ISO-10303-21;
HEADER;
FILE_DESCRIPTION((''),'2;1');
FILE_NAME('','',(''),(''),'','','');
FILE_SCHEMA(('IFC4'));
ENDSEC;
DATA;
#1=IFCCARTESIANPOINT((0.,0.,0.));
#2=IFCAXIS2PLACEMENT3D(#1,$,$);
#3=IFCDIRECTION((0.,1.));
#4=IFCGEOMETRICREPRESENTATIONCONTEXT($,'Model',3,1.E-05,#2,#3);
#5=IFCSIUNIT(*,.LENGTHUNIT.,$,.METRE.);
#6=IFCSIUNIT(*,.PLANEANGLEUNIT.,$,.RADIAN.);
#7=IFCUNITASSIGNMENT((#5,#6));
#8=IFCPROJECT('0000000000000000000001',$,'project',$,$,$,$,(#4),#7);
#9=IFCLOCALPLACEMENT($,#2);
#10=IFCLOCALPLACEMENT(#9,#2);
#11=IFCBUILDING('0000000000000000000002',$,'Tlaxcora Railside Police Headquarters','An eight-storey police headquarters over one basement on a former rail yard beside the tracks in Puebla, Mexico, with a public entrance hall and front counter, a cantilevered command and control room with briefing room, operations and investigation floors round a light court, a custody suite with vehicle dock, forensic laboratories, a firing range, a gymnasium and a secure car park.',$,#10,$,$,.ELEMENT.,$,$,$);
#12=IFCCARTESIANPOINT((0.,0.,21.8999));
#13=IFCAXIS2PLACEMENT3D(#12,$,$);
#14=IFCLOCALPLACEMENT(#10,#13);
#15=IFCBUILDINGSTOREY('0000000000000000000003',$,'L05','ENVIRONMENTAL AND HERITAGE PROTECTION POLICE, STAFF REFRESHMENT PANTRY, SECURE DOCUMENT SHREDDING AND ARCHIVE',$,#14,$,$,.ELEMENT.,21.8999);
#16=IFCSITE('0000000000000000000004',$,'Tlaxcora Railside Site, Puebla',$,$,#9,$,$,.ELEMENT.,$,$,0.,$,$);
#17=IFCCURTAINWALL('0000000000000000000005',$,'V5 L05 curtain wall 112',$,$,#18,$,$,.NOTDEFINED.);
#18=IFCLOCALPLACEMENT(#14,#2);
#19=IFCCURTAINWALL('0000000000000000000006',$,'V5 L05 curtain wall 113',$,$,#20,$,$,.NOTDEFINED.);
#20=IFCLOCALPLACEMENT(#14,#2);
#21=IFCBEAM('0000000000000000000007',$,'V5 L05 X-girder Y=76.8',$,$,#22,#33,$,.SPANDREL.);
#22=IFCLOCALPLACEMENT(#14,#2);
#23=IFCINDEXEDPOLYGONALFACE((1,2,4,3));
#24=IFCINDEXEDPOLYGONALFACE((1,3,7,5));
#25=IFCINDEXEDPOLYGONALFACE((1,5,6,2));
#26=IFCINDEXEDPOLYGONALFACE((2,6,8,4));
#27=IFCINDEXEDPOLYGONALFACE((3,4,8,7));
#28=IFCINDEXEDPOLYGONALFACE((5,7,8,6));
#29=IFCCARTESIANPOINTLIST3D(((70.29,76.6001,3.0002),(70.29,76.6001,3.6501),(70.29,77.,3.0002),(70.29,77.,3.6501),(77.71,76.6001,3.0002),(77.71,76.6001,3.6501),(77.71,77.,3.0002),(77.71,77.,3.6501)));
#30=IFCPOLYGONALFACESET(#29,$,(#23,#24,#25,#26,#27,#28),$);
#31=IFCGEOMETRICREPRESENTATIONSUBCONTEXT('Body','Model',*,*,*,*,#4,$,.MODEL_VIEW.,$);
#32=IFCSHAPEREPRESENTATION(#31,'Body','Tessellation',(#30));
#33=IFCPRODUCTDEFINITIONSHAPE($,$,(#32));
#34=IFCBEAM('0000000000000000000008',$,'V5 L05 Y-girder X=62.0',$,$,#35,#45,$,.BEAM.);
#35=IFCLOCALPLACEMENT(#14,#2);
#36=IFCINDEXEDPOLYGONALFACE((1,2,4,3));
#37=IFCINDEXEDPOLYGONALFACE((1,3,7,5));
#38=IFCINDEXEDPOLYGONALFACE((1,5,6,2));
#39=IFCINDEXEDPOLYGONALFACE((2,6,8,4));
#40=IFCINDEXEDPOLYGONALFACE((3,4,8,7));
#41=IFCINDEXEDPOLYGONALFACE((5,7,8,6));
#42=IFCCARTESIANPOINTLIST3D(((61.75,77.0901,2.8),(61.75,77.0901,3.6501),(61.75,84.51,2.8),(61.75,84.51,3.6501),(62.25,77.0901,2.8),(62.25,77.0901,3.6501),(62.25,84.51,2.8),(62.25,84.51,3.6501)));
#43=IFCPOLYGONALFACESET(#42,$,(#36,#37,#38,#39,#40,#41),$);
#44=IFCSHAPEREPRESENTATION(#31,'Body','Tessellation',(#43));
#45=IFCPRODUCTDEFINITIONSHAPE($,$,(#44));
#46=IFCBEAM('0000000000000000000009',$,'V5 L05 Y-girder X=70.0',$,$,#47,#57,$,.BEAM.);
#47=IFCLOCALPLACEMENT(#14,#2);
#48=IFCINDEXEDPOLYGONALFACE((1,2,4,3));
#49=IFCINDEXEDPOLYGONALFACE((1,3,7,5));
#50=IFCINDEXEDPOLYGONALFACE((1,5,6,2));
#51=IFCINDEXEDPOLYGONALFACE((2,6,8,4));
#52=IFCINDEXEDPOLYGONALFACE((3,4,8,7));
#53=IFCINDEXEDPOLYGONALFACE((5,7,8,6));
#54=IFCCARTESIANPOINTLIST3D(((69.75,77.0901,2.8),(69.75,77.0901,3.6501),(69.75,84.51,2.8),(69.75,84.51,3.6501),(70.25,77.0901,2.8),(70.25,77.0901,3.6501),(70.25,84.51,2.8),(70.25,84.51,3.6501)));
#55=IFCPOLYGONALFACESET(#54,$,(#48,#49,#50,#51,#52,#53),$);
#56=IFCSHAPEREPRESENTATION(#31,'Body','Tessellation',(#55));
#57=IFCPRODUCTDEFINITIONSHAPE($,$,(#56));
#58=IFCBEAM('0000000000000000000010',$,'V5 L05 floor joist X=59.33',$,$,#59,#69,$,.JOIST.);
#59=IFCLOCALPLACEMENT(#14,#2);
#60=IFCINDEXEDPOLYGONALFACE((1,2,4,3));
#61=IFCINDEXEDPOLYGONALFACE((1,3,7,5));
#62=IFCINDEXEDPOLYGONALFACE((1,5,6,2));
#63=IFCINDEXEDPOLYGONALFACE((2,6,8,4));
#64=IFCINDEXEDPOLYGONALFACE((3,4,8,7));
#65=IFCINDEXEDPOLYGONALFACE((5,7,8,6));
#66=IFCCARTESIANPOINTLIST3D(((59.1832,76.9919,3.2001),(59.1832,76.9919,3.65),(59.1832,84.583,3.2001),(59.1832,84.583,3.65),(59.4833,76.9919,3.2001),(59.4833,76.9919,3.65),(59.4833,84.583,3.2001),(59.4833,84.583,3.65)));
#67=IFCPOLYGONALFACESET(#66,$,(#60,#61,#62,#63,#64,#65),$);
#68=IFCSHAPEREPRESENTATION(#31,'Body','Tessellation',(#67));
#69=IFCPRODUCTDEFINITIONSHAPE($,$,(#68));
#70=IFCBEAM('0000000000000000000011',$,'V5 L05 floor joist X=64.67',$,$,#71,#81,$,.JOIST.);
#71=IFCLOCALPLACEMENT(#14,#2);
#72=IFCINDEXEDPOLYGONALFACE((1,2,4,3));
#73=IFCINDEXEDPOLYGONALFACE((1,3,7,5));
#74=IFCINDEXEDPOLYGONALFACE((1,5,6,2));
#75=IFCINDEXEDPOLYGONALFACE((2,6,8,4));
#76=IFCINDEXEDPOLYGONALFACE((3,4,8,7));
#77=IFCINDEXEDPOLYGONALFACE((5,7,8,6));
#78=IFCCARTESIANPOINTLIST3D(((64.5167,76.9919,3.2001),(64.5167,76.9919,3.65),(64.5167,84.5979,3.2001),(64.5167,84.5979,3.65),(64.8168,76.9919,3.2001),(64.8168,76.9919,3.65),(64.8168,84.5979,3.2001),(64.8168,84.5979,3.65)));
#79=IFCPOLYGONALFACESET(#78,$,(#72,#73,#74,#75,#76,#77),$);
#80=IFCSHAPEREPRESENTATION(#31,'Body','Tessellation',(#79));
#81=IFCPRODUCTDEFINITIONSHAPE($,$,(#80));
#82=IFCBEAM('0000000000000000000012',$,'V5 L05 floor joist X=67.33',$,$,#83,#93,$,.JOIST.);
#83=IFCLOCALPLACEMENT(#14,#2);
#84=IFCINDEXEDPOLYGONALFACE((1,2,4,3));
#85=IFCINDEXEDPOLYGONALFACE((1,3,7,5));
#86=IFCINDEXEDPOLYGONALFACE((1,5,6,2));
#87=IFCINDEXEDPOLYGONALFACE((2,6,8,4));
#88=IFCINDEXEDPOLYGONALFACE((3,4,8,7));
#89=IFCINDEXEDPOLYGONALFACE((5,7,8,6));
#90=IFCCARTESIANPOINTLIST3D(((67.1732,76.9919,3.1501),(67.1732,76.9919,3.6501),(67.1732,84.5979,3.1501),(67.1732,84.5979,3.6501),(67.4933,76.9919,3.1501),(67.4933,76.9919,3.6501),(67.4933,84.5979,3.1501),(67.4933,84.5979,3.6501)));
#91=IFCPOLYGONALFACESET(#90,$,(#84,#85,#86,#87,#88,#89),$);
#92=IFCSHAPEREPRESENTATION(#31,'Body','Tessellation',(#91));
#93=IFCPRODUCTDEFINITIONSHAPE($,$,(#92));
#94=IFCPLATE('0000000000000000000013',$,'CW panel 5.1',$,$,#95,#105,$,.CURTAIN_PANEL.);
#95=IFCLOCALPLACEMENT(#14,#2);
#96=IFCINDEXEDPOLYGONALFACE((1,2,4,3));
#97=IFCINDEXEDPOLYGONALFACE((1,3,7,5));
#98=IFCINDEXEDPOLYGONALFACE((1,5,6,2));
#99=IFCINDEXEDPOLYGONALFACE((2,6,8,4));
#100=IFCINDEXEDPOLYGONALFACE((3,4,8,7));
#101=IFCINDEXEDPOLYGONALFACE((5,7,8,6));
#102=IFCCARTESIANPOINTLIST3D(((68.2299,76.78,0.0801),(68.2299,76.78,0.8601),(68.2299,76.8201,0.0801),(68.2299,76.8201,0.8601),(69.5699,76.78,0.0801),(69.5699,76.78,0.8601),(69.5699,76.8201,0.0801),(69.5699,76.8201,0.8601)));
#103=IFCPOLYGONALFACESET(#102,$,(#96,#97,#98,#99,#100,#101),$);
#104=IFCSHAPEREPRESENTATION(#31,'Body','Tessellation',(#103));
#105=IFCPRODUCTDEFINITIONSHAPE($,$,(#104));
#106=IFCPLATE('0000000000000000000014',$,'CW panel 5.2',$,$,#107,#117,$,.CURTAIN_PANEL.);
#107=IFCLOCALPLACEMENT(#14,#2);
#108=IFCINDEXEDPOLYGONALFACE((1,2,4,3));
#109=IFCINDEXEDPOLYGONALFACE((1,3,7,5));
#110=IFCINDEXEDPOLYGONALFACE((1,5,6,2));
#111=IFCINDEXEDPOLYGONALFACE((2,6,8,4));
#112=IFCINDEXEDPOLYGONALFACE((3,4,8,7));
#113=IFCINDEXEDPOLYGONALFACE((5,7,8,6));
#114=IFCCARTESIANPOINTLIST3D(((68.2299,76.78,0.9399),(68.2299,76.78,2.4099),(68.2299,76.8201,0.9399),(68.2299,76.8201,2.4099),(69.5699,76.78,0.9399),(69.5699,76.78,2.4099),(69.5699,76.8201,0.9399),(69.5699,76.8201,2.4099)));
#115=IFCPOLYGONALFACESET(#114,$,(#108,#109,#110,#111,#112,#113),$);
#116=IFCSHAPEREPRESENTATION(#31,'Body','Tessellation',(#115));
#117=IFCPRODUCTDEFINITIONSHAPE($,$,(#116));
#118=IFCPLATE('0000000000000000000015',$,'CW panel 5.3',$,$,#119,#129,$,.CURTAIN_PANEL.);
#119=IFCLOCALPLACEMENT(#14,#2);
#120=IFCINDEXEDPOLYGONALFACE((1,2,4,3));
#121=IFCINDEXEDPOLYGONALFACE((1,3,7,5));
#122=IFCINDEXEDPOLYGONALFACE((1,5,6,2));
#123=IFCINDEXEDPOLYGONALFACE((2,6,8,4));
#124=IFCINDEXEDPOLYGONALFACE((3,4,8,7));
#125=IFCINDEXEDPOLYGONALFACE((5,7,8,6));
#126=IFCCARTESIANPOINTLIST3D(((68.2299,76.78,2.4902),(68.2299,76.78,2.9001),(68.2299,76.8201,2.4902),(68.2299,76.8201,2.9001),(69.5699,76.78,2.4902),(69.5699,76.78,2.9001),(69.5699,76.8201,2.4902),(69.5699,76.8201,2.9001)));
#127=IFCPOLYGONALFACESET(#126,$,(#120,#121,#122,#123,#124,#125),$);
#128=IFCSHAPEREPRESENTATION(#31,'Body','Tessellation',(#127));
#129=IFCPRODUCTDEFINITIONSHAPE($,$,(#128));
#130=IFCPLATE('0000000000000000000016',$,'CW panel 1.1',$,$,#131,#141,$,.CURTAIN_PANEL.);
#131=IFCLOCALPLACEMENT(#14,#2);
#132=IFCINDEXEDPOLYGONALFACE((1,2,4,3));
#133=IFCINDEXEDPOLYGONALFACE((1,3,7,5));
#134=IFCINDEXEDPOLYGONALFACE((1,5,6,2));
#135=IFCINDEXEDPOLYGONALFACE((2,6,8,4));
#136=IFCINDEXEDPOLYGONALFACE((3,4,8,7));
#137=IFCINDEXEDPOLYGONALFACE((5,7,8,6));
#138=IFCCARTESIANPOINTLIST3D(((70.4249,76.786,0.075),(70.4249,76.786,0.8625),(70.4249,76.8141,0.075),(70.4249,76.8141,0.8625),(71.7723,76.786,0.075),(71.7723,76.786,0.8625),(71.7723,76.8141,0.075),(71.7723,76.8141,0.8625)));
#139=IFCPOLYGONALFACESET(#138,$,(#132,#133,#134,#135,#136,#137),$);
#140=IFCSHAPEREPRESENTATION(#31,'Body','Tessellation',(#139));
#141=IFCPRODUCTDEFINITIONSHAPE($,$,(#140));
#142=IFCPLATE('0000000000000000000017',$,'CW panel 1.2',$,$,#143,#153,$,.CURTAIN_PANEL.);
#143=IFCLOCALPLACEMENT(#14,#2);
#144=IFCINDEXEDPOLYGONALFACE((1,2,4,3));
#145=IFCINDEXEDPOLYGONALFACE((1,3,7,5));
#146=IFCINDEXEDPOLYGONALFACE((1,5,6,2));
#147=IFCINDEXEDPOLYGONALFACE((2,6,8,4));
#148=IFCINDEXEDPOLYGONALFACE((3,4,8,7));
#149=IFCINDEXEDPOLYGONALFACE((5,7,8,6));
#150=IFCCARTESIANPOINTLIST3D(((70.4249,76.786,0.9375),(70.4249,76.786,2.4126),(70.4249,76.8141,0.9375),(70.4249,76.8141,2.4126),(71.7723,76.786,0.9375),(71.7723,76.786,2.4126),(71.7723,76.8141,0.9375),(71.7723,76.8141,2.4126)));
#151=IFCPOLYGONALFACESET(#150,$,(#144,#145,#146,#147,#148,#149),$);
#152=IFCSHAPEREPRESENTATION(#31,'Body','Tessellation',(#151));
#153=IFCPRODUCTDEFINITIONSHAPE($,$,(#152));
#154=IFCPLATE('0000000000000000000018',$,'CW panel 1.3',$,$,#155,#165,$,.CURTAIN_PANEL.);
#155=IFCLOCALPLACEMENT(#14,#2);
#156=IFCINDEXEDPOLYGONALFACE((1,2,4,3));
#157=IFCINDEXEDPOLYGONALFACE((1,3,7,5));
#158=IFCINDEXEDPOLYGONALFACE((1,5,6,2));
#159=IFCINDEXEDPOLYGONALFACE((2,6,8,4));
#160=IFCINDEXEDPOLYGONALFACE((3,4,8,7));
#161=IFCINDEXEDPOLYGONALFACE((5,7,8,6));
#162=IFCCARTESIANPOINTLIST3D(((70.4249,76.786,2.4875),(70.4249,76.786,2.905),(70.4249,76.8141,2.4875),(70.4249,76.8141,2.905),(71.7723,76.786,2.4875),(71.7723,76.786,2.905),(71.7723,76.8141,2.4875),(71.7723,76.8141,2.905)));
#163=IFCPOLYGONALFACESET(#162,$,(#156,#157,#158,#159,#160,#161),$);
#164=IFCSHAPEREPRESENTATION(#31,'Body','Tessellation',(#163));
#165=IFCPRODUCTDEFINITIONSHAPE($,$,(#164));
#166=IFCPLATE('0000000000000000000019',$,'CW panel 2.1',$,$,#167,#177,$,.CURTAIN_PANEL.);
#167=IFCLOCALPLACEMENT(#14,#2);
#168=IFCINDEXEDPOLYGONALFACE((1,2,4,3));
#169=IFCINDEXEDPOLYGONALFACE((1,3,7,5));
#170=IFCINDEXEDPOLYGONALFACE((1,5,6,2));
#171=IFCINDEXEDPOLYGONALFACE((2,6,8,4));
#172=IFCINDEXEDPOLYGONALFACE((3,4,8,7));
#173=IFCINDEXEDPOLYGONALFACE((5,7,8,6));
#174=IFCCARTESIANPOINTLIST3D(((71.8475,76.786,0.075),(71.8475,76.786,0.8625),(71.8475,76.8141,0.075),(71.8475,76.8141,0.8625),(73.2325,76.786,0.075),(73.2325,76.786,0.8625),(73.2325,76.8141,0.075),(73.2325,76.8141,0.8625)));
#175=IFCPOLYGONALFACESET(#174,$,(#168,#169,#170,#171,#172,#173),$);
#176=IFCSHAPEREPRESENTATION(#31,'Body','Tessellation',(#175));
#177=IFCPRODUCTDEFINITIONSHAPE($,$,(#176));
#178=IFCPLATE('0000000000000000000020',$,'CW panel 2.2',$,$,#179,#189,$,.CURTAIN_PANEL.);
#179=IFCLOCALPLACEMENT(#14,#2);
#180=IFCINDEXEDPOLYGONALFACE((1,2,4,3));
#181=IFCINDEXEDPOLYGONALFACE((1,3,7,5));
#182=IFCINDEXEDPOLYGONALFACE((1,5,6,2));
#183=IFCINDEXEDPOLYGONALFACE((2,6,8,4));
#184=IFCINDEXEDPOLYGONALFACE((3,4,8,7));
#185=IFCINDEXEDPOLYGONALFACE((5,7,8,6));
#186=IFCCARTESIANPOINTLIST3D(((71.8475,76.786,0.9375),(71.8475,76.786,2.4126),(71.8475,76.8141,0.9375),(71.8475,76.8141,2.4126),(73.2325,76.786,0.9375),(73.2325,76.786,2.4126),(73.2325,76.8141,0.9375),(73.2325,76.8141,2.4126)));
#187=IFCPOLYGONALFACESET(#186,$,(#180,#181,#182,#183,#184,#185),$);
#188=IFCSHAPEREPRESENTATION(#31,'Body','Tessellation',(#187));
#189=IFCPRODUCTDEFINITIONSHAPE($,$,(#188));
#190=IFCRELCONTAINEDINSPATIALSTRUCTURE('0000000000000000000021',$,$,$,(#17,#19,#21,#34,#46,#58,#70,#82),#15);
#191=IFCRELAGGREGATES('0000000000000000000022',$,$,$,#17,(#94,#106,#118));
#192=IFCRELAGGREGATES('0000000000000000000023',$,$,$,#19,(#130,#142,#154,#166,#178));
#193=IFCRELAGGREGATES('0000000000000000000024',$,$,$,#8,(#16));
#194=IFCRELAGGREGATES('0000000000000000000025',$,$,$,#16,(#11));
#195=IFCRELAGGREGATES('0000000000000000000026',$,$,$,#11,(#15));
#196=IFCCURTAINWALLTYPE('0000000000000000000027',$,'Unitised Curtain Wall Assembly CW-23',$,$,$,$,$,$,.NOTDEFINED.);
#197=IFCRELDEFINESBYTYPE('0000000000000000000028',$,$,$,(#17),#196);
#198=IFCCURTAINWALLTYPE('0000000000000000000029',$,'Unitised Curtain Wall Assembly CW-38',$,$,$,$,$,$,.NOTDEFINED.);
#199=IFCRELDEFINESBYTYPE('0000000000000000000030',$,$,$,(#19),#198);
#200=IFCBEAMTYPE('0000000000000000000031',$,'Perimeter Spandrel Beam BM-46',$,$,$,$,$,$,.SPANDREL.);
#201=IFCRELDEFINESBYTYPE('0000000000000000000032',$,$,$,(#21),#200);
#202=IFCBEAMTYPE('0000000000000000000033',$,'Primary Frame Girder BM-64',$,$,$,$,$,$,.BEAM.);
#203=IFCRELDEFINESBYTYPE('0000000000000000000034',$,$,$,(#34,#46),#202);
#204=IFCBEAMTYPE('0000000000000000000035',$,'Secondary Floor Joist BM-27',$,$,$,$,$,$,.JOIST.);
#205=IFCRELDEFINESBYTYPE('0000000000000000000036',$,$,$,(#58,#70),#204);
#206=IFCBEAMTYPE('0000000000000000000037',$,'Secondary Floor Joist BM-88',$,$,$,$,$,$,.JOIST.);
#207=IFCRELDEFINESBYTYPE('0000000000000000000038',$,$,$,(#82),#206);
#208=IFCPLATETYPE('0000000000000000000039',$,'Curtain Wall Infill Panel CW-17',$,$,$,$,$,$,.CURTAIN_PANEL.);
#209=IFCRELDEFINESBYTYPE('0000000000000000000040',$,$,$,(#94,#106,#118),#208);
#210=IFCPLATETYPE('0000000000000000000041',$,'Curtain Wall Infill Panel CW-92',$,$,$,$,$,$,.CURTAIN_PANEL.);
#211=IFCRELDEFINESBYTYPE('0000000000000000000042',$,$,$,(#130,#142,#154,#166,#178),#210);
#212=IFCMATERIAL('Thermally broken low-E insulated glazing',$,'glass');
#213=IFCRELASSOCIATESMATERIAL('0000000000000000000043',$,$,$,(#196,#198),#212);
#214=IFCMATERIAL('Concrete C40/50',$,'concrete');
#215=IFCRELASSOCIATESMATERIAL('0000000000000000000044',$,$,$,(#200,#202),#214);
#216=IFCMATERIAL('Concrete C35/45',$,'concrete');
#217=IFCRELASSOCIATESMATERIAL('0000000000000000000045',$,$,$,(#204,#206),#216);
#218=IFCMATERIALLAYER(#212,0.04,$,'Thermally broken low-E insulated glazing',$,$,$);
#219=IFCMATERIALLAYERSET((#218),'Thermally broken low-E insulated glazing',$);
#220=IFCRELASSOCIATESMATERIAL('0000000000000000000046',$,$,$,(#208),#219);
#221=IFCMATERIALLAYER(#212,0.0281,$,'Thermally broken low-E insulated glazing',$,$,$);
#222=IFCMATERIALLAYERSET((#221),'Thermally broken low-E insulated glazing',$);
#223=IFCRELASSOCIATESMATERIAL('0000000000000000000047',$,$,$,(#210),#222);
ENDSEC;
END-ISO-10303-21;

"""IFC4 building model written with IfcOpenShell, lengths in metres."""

from ifc_helpers import new_model, si_unit, direction, frame, origin, origin_2d, place, context, subcontext, project, spatial, rectangle, extrude, material, layer, layer_set, material_profile, profile_set, type_object, element, aggregate, save


model = new_model("IFC4")

# Units and contexts
model_context = context("Model", 3, precision=1e-05, world=origin(), true_north=direction((0.0, 1.0)))
body_context = subcontext(model_context, "Body", "Model", "MODEL_VIEW")
ifc_project = project(units=[si_unit("LENGTHUNIT", "METRE"), si_unit("PLANEANGLEUNIT", "RADIAN")], contexts=[model_context])

# Site, building, storey
site_placement = place(None, origin())
site = spatial("IfcSite", under=ifc_project, at=site_placement, Name="Tlaxcora Railside Site, Puebla", CompositionType="ELEMENT", RefElevation=0.0)
building_placement = place(site_placement, origin())
building = spatial("IfcBuilding", under=site, at=building_placement, Name="Tlaxcora Railside Police Headquarters", Description="An eight-storey police headquarters over one basement on a former rail yard beside the tracks in Puebla, Mexico, with a public entrance hall and front counter, a cantilevered command and control room with briefing room, operations and investigation floors round a light court, a custody suite with vehicle dock, forensic laboratories, a firing range, a gymnasium and a secure car park.", CompositionType="ELEMENT")
storey_placement = place(building_placement, frame((0.0, 0.0, 21.8999)))
storey = spatial("IfcBuildingStorey", under=building, at=storey_placement, Name="L05", Description="ENVIRONMENTAL AND HERITAGE PROTECTION POLICE, STAFF REFRESHMENT PANTRY, SECURE DOCUMENT SHREDDING AND ARCHIVE", CompositionType="ELEMENT", Elevation=21.8999)

# Shared definitions
ifc_material_1 = material(Name="Concrete C40/50", Category="concrete")

# Curtain wall
ifc_material_2 = material(Name="Thermally broken low-E insulated glazing", Category="glass")
curtain_wall_type_1 = type_object("IfcCurtainWallType", Name="Unitised Curtain Wall Assembly CW-23", PredefinedType="NOTDEFINED", material=ifc_material_2)
curtain_wall_1_placement = place(storey_placement, origin())
curtain_wall_1 = element("IfcCurtainWall", 1, at=curtain_wall_1_placement, inside=storey, type_object=curtain_wall_type_1, Name="V5 L05 curtain wall 112", PredefinedType="NOTDEFINED")

# Curtain wall
curtain_wall_type_2 = type_object("IfcCurtainWallType", Name="Unitised Curtain Wall Assembly CW-38", PredefinedType="NOTDEFINED", material=ifc_material_2)
curtain_wall_2_placement = place(storey_placement, origin())
curtain_wall_2 = element("IfcCurtainWall", 2, at=curtain_wall_2_placement, inside=storey, type_object=curtain_wall_type_2, Name="V5 L05 curtain wall 113", PredefinedType="NOTDEFINED")

# Beams
ifc_material_profile_1 = material_profile(ifc_material_1, rectangle(XDim=0.3999, YDim=0.6499, at=origin_2d()), Name="RC400X650")
ifc_profile_set_1 = profile_set([ifc_material_profile_1], Name="Concrete C40/50")
beam_type_1 = type_object("IfcBeamType", Name="Perimeter Spandrel Beam BM-46", PredefinedType="SPANDREL", material=ifc_profile_set_1)
beam_1_placement = place(storey_placement, frame((70.29, 76.8, 3.3252), z_axis=(1.0, 0.0, 0.0), x_axis=(0.0, 1.0, 0.0)))
element("IfcBeam", 3, at=beam_1_placement, inside=storey, type_object=beam_type_1, Name="V5 L05 X-girder Y=76.8", PredefinedType="SPANDREL", context=body_context, shape_type="SweptSolid", body=[
    extrude(rectangle(XDim=0.3999, YDim=0.6499, at=origin_2d()), origin(), (0.0, 0.0, 1.0), 7.4199),
])
ifc_material_profile_2 = material_profile(ifc_material_1, rectangle(XDim=0.5, YDim=0.8501, at=origin_2d()), Name="RC500X850")
ifc_profile_set_2 = profile_set([ifc_material_profile_2], Name="Concrete C40/50")
beam_type_2 = type_object("IfcBeamType", Name="Primary Frame Girder BM-64", PredefinedType="BEAM", material=ifc_profile_set_2)
for number, where, z_axis, x_axis, name in (
    (4, (62.0, 77.0901, 3.2251), (0.0, 1.0, 0.0), (-1.0, 0.0, 0.0), "V5 L05 Y-girder X=62.0"),
    (5, (70.0, 77.0901, 3.2251), (0.0, 1.0, 0.0), (-1.0, 0.0, 0.0), "V5 L05 Y-girder X=70.0"),
):
    element("IfcBeam", number, at=place(storey_placement, frame(where, z_axis=z_axis, x_axis=x_axis)), inside=storey, type_object=beam_type_2, Name=name, PredefinedType="BEAM", context=body_context, shape_type="SweptSolid", body=[
        extrude(rectangle(XDim=0.5, YDim=0.8501, at=origin_2d()), origin(), (0.0, 0.0, 1.0), 7.4199),
    ])
ifc_material_3 = material(Name="Concrete C35/45", Category="concrete")
ifc_material_profile_3 = material_profile(ifc_material_3, rectangle(XDim=0.3, YDim=0.45, at=origin_2d()), Name="RC300X450")
ifc_profile_set_3 = profile_set([ifc_material_profile_3], Name="Concrete C35/45")
beam_type_3 = type_object("IfcBeamType", Name="Secondary Floor Joist BM-27", PredefinedType="JOIST", material=ifc_profile_set_3)
beam_2_placement = place(storey_placement, frame((59.3333, 76.9919, 3.425), z_axis=(0.0, 1.0, 0.0), x_axis=(-1.0, 0.0, 0.0)))
element("IfcBeam", 6, at=beam_2_placement, inside=storey, type_object=beam_type_3, Name="V5 L05 floor joist X=59.33", PredefinedType="JOIST", context=body_context, shape_type="SweptSolid", body=[
    extrude(rectangle(XDim=0.3, YDim=0.45, at=origin_2d()), origin(), (0.0, 0.0, 1.0), 7.5911),
])
beam_3_placement = place(storey_placement, frame((64.6667, 76.9919, 3.425), z_axis=(0.0, 1.0, 0.0), x_axis=(-1.0, 0.0, 0.0)))
element("IfcBeam", 7, at=beam_3_placement, inside=storey, type_object=beam_type_3, Name="V5 L05 floor joist X=64.67", PredefinedType="JOIST", context=body_context, shape_type="SweptSolid", body=[
    extrude(rectangle(XDim=0.3, YDim=0.45, at=origin_2d()), origin(), (0.0, 0.0, 1.0), 7.606),
])
ifc_material_profile_4 = material_profile(ifc_material_3, rectangle(XDim=0.3201, YDim=0.5, at=origin_2d()), Name="RC320X500")
ifc_profile_set_4 = profile_set([ifc_material_profile_4], Name="Concrete C35/45")
beam_type_4 = type_object("IfcBeamType", Name="Secondary Floor Joist BM-88", PredefinedType="JOIST", material=ifc_profile_set_4)
beam_4_placement = place(storey_placement, frame((67.3333, 76.9919, 3.4001), z_axis=(0.0, 1.0, 0.0), x_axis=(-1.0, 0.0, 0.0)))
element("IfcBeam", 8, at=beam_4_placement, inside=storey, type_object=beam_type_4, Name="V5 L05 floor joist X=67.33", PredefinedType="JOIST", context=body_context, shape_type="SweptSolid", body=[
    extrude(rectangle(XDim=0.3201, YDim=0.5, at=origin_2d()), origin(), (0.0, 0.0, 1.0), 7.606),
])

# Plates
ifc_layer_1 = layer(ifc_material_2, 0.04, Name="Thermally broken low-E insulated glazing")
ifc_layer_set_1 = layer_set([ifc_layer_1], Name="Thermally broken low-E insulated glazing")
plate_type_1 = type_object("IfcPlateType", Name="Curtain Wall Infill Panel CW-17", PredefinedType="CURTAIN_PANEL", material=ifc_layer_set_1)
plate_1_placement = place(storey_placement, frame((68.8999, 76.8, 0.0801), z_axis=(0.0, 0.0, 1.0), x_axis=(1.0, 0.0, 0.0)))
plate_1 = element("IfcPlate", 9, at=plate_1_placement, type_object=plate_type_1, Name="CW panel 5.1", PredefinedType="CURTAIN_PANEL", context=body_context, shape_type="SweptSolid", body=[
    extrude(rectangle(XDim=1.3401, YDim=0.04, at=origin_2d()), origin(), (0.0, 0.0, 1.0), 0.78),
])
plate_2_placement = place(storey_placement, frame((68.8999, 76.8, 0.9399), z_axis=(0.0, 0.0, 1.0), x_axis=(1.0, 0.0, 0.0)))
plate_2 = element("IfcPlate", 10, at=plate_2_placement, type_object=plate_type_1, Name="CW panel 5.2", PredefinedType="CURTAIN_PANEL", context=body_context, shape_type="SweptSolid", body=[
    extrude(rectangle(XDim=1.3401, YDim=0.04, at=origin_2d()), origin(), (0.0, 0.0, 1.0), 1.47),
])
plate_3_placement = place(storey_placement, frame((68.8999, 76.8, 2.4902), z_axis=(0.0, 0.0, 1.0), x_axis=(1.0, 0.0, 0.0)))
plate_3 = element("IfcPlate", 11, at=plate_3_placement, type_object=plate_type_1, Name="CW panel 5.3", PredefinedType="CURTAIN_PANEL", context=body_context, shape_type="SweptSolid", body=[
    extrude(rectangle(XDim=1.3401, YDim=0.04, at=origin_2d()), origin(), (0.0, 0.0, 1.0), 0.4099),
])
aggregate(curtain_wall_1, [plate_1, plate_2, plate_3])
ifc_layer_2 = layer(ifc_material_2, 0.0281, Name="Thermally broken low-E insulated glazing")
ifc_layer_set_2 = layer_set([ifc_layer_2], Name="Thermally broken low-E insulated glazing")
plate_type_2 = type_object("IfcPlateType", Name="Curtain Wall Infill Panel CW-92", PredefinedType="CURTAIN_PANEL", material=ifc_layer_set_2)
plate_4_placement = place(storey_placement, frame((71.0986, 76.8, 0.075), z_axis=(0.0, 0.0, 1.0), x_axis=(1.0, 0.0, 0.0)))
plate_4 = element("IfcPlate", 12, at=plate_4_placement, type_object=plate_type_2, Name="CW panel 1.1", PredefinedType="CURTAIN_PANEL", context=body_context, shape_type="SweptSolid", body=[
    extrude(rectangle(XDim=1.3474, YDim=0.0281, at=origin_2d()), origin(), (0.0, 0.0, 1.0), 0.7876),
])
plate_5_placement = place(storey_placement, frame((71.0986, 76.8, 0.9375), z_axis=(0.0, 0.0, 1.0), x_axis=(1.0, 0.0, 0.0)))
plate_5 = element("IfcPlate", 13, at=plate_5_placement, type_object=plate_type_2, Name="CW panel 1.2", PredefinedType="CURTAIN_PANEL", context=body_context, shape_type="SweptSolid", body=[
    extrude(rectangle(XDim=1.3474, YDim=0.0281, at=origin_2d()), origin(), (0.0, 0.0, 1.0), 1.4751),
])
plate_6_placement = place(storey_placement, frame((71.0986, 76.8, 2.4875), z_axis=(0.0, 0.0, 1.0), x_axis=(1.0, 0.0, 0.0)))
plate_6 = element("IfcPlate", 14, at=plate_6_placement, type_object=plate_type_2, Name="CW panel 1.3", PredefinedType="CURTAIN_PANEL", context=body_context, shape_type="SweptSolid", body=[
    extrude(rectangle(XDim=1.3474, YDim=0.0281, at=origin_2d()), origin(), (0.0, 0.0, 1.0), 0.4175),
])
plate_7_placement = place(storey_placement, frame((72.54, 76.8, 0.075), z_axis=(0.0, 0.0, 1.0), x_axis=(1.0, 0.0, 0.0)))
plate_7 = element("IfcPlate", 15, at=plate_7_placement, type_object=plate_type_2, Name="CW panel 2.1", PredefinedType="CURTAIN_PANEL", context=body_context, shape_type="SweptSolid", body=[
    extrude(rectangle(XDim=1.385, YDim=0.0281, at=origin_2d()), origin(), (0.0, 0.0, 1.0), 0.7876),
])
plate_8_placement = place(storey_placement, frame((72.54, 76.8, 0.9375), z_axis=(0.0, 0.0, 1.0), x_axis=(1.0, 0.0, 0.0)))
plate_8 = element("IfcPlate", 16, at=plate_8_placement, type_object=plate_type_2, Name="CW panel 2.2", PredefinedType="CURTAIN_PANEL", context=body_context, shape_type="SweptSolid", body=[
    extrude(rectangle(XDim=1.385, YDim=0.0281, at=origin_2d()), origin(), (0.0, 0.0, 1.0), 1.4751),
])
aggregate(curtain_wall_2, [plate_4, plate_5, plate_6, plate_7, plate_8])

save(model, "model.ifc")
